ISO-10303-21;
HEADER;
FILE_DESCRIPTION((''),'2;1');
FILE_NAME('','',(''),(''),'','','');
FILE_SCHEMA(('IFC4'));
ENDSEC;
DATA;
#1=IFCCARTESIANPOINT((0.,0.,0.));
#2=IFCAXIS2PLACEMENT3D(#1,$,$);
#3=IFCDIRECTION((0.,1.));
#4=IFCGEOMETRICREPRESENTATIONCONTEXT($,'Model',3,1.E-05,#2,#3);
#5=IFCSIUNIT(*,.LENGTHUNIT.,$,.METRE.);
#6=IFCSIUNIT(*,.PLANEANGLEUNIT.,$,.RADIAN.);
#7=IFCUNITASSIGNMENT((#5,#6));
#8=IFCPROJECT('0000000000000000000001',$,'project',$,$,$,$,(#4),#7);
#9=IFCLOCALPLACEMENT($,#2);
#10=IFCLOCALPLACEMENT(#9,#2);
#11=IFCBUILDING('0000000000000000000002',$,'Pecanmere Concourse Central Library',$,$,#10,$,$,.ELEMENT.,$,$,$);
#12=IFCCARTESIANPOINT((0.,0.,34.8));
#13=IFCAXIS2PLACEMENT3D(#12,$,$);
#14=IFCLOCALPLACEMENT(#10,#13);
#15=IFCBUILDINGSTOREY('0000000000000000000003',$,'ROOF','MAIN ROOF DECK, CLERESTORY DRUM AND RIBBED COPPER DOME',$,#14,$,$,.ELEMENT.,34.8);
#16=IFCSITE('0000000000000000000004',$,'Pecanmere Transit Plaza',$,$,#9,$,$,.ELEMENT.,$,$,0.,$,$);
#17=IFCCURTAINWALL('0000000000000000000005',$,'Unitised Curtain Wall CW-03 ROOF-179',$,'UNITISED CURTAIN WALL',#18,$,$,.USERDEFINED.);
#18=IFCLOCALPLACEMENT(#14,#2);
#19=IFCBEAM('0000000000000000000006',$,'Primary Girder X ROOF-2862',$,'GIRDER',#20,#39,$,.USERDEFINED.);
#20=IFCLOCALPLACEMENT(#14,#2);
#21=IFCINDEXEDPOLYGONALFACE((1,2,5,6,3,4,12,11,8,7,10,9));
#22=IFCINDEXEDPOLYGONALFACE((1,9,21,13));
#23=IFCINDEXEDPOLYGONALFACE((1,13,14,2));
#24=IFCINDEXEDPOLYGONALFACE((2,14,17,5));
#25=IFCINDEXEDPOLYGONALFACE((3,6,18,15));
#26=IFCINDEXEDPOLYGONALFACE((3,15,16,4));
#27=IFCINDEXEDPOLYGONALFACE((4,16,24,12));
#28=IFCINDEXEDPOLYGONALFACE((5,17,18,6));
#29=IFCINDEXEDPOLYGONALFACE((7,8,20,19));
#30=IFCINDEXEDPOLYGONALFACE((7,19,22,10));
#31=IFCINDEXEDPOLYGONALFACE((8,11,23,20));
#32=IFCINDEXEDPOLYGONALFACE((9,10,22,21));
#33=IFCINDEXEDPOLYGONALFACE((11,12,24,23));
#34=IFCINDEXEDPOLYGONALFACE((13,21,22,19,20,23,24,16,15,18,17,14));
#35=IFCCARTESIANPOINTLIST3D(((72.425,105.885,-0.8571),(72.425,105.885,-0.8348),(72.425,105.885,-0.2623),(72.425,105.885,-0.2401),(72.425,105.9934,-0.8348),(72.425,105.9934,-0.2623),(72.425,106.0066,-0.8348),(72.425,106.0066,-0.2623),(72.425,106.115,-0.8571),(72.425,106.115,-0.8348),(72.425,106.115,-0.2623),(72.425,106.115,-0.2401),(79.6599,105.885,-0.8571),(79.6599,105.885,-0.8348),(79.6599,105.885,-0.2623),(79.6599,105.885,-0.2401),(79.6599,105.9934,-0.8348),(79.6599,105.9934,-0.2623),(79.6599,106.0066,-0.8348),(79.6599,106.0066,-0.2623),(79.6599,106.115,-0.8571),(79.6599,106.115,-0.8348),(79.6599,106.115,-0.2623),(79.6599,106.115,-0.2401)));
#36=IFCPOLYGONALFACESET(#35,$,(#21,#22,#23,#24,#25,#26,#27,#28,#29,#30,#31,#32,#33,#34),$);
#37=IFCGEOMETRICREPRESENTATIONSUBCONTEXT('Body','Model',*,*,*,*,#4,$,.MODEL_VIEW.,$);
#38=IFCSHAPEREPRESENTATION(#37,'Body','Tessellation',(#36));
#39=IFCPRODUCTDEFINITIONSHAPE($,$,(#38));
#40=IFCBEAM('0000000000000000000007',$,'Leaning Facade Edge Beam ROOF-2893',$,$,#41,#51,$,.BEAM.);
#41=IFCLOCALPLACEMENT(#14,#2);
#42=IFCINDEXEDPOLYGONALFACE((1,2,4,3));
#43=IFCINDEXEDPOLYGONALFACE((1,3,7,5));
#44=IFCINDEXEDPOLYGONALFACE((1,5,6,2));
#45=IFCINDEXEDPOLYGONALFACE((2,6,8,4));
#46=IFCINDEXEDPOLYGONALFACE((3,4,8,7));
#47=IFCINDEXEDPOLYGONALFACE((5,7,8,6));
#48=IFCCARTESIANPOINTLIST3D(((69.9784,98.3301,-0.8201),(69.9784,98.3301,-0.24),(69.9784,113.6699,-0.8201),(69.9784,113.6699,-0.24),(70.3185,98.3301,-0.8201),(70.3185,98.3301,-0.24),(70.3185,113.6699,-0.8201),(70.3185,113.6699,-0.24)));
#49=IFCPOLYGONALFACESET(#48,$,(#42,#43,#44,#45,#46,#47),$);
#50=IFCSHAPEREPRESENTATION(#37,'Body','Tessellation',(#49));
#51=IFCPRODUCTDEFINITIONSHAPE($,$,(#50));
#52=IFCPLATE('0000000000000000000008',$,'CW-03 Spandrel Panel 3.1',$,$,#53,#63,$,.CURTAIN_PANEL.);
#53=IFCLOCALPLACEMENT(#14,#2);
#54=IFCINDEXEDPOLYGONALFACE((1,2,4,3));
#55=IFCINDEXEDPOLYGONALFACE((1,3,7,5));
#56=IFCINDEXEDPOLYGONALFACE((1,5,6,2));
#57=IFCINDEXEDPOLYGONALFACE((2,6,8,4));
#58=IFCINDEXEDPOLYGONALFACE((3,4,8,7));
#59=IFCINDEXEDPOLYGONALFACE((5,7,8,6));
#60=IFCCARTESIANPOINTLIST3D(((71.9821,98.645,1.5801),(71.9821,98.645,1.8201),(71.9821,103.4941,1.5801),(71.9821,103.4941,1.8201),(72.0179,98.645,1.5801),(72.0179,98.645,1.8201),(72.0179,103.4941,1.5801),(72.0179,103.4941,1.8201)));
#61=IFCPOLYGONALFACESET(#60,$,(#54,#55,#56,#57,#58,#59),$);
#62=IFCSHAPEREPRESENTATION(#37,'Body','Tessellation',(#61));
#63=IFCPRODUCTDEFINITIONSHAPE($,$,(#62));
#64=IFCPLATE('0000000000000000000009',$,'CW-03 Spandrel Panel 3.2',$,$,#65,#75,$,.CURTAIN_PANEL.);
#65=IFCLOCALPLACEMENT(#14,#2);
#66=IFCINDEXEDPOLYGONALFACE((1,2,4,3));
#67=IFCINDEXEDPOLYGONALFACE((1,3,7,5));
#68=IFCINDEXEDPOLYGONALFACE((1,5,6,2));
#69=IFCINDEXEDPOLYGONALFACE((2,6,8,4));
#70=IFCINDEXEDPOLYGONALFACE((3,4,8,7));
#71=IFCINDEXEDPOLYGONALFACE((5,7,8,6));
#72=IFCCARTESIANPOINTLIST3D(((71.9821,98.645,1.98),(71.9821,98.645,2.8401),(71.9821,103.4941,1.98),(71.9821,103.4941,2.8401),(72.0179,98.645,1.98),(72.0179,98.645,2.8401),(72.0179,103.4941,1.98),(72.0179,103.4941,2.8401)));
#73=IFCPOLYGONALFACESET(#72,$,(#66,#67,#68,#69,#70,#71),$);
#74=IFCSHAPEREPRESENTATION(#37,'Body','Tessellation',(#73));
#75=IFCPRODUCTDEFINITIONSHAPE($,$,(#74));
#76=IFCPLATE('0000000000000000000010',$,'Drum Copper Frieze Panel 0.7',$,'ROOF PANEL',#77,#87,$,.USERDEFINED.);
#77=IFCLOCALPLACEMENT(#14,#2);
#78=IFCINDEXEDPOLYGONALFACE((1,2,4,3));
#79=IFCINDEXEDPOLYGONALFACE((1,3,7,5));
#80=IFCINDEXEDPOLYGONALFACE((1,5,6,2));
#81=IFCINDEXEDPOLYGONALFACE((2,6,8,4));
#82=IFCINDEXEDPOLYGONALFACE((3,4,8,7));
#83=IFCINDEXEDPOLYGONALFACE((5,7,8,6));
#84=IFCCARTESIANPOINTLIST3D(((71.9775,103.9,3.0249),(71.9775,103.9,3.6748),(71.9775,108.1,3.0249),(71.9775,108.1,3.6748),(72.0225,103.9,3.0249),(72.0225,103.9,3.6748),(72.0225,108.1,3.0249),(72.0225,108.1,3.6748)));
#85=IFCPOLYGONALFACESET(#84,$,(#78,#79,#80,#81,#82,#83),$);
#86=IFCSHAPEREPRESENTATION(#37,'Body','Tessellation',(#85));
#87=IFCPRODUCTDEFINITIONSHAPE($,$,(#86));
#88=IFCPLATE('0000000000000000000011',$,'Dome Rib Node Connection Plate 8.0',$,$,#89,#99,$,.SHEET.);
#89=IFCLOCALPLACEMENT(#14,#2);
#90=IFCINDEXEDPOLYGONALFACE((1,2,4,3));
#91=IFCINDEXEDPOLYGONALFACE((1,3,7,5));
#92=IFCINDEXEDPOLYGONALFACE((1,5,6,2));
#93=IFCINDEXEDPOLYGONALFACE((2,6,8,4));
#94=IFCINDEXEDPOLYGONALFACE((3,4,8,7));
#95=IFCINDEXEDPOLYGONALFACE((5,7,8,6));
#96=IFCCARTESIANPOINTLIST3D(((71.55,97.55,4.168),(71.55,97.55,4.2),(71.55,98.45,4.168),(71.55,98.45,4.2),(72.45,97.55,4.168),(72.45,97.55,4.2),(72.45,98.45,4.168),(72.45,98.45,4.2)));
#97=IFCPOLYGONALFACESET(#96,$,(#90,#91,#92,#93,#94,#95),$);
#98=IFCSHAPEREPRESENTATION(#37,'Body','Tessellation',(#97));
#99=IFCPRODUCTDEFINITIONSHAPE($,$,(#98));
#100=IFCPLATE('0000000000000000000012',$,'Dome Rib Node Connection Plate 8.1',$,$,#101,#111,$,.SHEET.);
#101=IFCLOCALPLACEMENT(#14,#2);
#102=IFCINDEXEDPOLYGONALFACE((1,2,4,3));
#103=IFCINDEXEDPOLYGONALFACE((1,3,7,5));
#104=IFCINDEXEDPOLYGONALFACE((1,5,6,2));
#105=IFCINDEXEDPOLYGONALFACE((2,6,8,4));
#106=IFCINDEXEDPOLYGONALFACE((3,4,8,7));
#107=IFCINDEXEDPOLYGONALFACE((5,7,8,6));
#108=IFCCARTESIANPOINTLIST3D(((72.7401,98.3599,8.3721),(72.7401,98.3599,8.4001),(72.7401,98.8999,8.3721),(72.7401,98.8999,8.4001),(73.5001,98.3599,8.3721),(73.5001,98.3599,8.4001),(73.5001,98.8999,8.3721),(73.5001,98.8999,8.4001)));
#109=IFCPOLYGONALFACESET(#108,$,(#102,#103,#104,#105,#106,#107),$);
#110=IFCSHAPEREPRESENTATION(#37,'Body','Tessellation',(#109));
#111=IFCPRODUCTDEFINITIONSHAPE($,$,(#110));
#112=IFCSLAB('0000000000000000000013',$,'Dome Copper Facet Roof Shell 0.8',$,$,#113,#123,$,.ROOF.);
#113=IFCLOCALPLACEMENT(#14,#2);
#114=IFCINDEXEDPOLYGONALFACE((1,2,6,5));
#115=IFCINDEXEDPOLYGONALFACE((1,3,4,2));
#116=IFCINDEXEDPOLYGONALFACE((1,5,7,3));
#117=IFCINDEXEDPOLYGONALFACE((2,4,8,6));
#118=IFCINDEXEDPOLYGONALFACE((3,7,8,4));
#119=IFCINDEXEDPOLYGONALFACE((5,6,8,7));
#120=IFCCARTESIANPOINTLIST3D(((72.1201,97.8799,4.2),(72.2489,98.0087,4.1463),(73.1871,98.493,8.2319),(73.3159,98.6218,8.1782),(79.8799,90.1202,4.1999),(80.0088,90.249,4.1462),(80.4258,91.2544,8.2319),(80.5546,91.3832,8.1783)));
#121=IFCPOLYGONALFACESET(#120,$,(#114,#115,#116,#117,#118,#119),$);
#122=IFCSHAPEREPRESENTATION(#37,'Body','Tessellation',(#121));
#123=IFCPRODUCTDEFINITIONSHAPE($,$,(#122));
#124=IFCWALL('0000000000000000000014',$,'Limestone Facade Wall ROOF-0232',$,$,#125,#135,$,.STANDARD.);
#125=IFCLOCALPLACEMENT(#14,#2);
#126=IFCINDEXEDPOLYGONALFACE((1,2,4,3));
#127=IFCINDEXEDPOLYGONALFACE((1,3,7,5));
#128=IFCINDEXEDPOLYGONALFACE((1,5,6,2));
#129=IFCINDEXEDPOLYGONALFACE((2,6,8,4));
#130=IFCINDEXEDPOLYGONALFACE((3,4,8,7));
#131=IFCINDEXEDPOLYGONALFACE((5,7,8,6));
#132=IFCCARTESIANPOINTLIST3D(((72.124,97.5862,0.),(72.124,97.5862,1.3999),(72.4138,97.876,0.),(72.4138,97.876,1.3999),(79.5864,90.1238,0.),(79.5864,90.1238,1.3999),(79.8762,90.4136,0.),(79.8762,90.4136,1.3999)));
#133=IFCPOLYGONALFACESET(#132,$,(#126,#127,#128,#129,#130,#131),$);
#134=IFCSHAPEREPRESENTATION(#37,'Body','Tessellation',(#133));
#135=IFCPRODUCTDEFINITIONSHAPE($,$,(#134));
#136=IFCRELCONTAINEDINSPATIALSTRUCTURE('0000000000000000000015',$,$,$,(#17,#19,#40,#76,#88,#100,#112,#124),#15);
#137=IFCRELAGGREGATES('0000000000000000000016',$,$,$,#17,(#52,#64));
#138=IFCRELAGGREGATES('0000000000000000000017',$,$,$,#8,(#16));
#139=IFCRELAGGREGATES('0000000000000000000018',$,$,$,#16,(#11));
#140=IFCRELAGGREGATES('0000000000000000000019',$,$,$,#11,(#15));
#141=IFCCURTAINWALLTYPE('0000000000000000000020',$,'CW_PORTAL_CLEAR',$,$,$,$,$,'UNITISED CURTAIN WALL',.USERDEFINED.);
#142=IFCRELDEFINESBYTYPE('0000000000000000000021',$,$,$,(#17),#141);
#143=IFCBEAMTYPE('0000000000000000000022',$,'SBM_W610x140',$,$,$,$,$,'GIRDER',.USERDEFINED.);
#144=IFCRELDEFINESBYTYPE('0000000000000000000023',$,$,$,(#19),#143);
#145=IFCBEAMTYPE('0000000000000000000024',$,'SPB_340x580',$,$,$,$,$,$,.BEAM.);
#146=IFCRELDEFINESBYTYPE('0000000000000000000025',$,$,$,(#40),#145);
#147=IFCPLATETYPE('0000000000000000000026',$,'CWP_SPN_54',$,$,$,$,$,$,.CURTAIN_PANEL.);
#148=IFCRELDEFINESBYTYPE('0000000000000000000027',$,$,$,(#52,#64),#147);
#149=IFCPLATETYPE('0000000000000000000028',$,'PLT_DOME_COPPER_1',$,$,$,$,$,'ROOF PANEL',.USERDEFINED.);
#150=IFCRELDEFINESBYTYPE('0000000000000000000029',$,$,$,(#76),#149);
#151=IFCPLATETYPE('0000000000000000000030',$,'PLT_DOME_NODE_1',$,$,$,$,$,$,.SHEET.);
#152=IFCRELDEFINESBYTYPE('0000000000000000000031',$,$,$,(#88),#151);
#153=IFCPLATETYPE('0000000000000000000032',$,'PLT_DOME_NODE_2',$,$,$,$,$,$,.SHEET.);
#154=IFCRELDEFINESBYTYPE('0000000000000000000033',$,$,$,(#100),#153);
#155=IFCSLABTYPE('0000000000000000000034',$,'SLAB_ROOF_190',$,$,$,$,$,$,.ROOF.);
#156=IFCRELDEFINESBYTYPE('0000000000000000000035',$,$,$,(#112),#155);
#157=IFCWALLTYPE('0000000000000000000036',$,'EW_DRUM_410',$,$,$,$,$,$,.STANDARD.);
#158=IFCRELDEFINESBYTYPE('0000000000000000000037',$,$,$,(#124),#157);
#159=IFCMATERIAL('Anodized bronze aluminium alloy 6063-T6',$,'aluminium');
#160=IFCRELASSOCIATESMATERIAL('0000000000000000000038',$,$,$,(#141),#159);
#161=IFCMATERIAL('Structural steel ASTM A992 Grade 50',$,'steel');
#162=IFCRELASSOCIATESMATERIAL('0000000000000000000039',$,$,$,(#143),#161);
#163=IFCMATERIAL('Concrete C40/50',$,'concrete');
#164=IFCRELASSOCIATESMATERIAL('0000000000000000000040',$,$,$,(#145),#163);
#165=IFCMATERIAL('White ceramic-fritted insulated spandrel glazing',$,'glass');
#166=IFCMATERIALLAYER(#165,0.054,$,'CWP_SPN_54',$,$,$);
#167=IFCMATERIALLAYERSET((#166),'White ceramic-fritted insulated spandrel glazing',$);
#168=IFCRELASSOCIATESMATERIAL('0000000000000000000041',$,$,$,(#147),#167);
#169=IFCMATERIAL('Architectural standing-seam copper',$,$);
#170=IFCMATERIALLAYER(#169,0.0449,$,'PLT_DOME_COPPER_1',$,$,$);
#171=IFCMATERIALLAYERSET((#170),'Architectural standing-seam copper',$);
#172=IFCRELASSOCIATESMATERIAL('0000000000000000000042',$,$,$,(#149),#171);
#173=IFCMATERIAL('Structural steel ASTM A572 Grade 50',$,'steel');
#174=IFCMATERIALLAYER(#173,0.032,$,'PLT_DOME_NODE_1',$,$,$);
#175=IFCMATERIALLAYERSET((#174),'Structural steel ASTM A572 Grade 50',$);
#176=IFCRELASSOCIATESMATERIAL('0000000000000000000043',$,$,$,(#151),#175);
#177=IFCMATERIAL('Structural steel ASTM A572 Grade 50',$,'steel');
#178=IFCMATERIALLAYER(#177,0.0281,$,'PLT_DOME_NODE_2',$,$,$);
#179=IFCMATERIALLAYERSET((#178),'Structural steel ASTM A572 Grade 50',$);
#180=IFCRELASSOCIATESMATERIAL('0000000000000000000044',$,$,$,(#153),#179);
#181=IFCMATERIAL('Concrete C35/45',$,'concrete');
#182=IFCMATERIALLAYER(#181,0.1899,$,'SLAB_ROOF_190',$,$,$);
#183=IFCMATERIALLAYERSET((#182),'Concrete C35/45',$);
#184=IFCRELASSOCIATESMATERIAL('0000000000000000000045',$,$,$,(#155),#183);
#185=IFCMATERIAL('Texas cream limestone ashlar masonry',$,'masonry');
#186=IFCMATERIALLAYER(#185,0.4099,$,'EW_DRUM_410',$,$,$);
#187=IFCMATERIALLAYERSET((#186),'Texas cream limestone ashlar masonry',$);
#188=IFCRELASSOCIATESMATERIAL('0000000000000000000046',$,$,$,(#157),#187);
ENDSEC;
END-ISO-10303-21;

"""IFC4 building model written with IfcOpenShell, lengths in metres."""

from ifc_helpers import new_model, si_unit, direction, frame, frame_2d, origin, origin_2d, place, context, subcontext, project, spatial, polyline, rectangle, i_section, outline, extrude, material, layer, layer_set, material_profile, profile_set, type_object, element, aggregate, save


model = new_model("IFC4")

# Units and contexts
model_context = context("Model", 3, precision=1e-05, world=origin(), true_north=direction((0.0, 1.0)))
body_context = subcontext(model_context, "Body", "Model", "MODEL_VIEW")
ifc_project = project(units=[si_unit("LENGTHUNIT", "METRE"), si_unit("PLANEANGLEUNIT", "RADIAN")], contexts=[model_context])

# Site, building, storey
site_placement = place(None, origin())
site = spatial("IfcSite", under=ifc_project, at=site_placement, Name="Pecanmere Transit Plaza", CompositionType="ELEMENT", RefElevation=0.0)
building_placement = place(site_placement, origin())
building = spatial("IfcBuilding", under=site, at=building_placement, Name="Pecanmere Concourse Central Library", CompositionType="ELEMENT")
storey_placement = place(building_placement, frame((0.0, 0.0, 34.8)))
storey = spatial("IfcBuildingStorey", under=building, at=storey_placement, Name="ROOF", Description="MAIN ROOF DECK, CLERESTORY DRUM AND RIBBED COPPER DOME", CompositionType="ELEMENT", Elevation=34.8)

# Curtain wall
ifc_material_1 = material(Name="Anodized bronze aluminium alloy 6063-T6", Category="aluminium")
curtain_wall_type = type_object("IfcCurtainWallType", Name="CW_PORTAL_CLEAR", ElementType="UNITISED CURTAIN WALL", PredefinedType="USERDEFINED", material=ifc_material_1)
curtain_wall_1_placement = place(storey_placement, origin())
curtain_wall_1 = element("IfcCurtainWall", 1, at=curtain_wall_1_placement, inside=storey, type_object=curtain_wall_type, Name="Unitised Curtain Wall CW-03 ROOF-179", ObjectType="UNITISED CURTAIN WALL", PredefinedType="USERDEFINED")

# Beams
ifc_material_2 = material(Name="Structural steel ASTM A992 Grade 50", Category="steel")
ifc_material_profile_1 = material_profile(ifc_material_2, i_section(OverallWidth=0.23, OverallDepth=0.6169, WebThickness=0.0132, FlangeThickness=0.0222, at=origin_2d()), Name="W610x140")
ifc_profile_set_1 = profile_set([ifc_material_profile_1], Name="Structural steel ASTM A992 Grade 50")
beam_type_1 = type_object("IfcBeamType", Name="SBM_W610x140", ElementType="GIRDER", PredefinedType="USERDEFINED", material=ifc_profile_set_1)
beam_1_placement = place(storey_placement, frame((72.425, 106.0, -0.5486), z_axis=(1.0, 0.0, 0.0), x_axis=(0.0, 1.0, 0.0)))
element("IfcBeam", 2, at=beam_1_placement, inside=storey, type_object=beam_type_1, Name="Primary Girder X ROOF-2862", ObjectType="GIRDER", PredefinedType="USERDEFINED", context=body_context, shape_type="SweptSolid", body=[
    extrude(i_section(OverallWidth=0.23, OverallDepth=0.6169, WebThickness=0.0132, FlangeThickness=0.0222, at=origin_2d()), origin(), (0.0, 0.0, 1.0), 7.2349),
])
ifc_material_3 = material(Name="Concrete C40/50", Category="concrete")
ifc_material_profile_2 = material_profile(ifc_material_3, rectangle(XDim=0.3401, YDim=0.5801, at=origin_2d()), Name="RC 340x580")
ifc_profile_set_2 = profile_set([ifc_material_profile_2], Name="Concrete C40/50")
beam_type_2 = type_object("IfcBeamType", Name="SPB_340x580", PredefinedType="BEAM", material=ifc_profile_set_2)
beam_2_placement = place(storey_placement, frame((70.1484, 98.3301, -0.53), z_axis=(0.0, 1.0, 0.0), x_axis=(-1.0, 0.0, 0.0)))
element("IfcBeam", 3, at=beam_2_placement, inside=storey, type_object=beam_type_2, Name="Leaning Facade Edge Beam ROOF-2893", PredefinedType="BEAM", context=body_context, shape_type="SweptSolid", body=[
    extrude(rectangle(XDim=0.3401, YDim=0.5801, at=origin_2d()), origin(), (0.0, 0.0, 1.0), 15.3398),
])

# Plates
ifc_material_4 = material(Name="White ceramic-fritted insulated spandrel glazing", Category="glass")
ifc_layer_1 = layer(ifc_material_4, 0.054, Name="CWP_SPN_54")
ifc_layer_set_1 = layer_set([ifc_layer_1], Name="White ceramic-fritted insulated spandrel glazing")
plate_type_1 = type_object("IfcPlateType", Name="CWP_SPN_54", PredefinedType="CURTAIN_PANEL", material=ifc_layer_set_1)
plate_1_placement = place(storey_placement, frame((72.0, 101.0696, 1.5801), z_axis=(0.0, 0.0, 1.0), x_axis=(0.0, -1.0, 0.0)))
plate_1 = element("IfcPlate", 4, at=plate_1_placement, type_object=plate_type_1, Name="CW-03 Spandrel Panel 3.1", PredefinedType="CURTAIN_PANEL", context=body_context, shape_type="SweptSolid", body=[
    extrude(rectangle(XDim=4.8491, YDim=0.0359, at=origin_2d()), origin(), (0.0, 0.0, 1.0), 0.24),
])
plate_2_placement = place(storey_placement, frame((72.0, 101.0696, 1.98), z_axis=(0.0, 0.0, 1.0), x_axis=(0.0, -1.0, 0.0)))
plate_2 = element("IfcPlate", 5, at=plate_2_placement, type_object=plate_type_1, Name="CW-03 Spandrel Panel 3.2", PredefinedType="CURTAIN_PANEL", context=body_context, shape_type="SweptSolid", body=[
    extrude(rectangle(XDim=4.8491, YDim=0.0359, at=origin_2d()), origin(), (0.0, 0.0, 1.0), 0.8601),
])
aggregate(curtain_wall_1, [plate_1, plate_2])

# Plates
ifc_material_5 = material(Name="Architectural standing-seam copper")
ifc_layer_2 = layer(ifc_material_5, 0.0449, Name="PLT_DOME_COPPER_1")
ifc_layer_set_2 = layer_set([ifc_layer_2], Name="Architectural standing-seam copper")
plate_type_2 = type_object("IfcPlateType", Name="PLT_DOME_COPPER_1", ElementType="ROOF PANEL", PredefinedType="USERDEFINED", material=ifc_layer_set_2)
plate_3_placement = place(storey_placement, frame((72.0, 106.0, 3.0249), z_axis=(0.0, 0.0, 1.0), x_axis=(0.0, -1.0, 0.0)))
element("IfcPlate", 6, at=plate_3_placement, inside=storey, type_object=plate_type_2, Name="Drum Copper Frieze Panel 0.7", ObjectType="ROOF PANEL", PredefinedType="USERDEFINED", context=body_context, shape_type="SweptSolid", body=[
    extrude(rectangle(XDim=4.2, YDim=0.0449, at=origin_2d()), origin(), (0.0, 0.0, 1.0), 0.6499),
])
ifc_material_6 = material(Name="Structural steel ASTM A572 Grade 50", Category="steel")
ifc_layer_3 = layer(ifc_material_6, 0.032, Name="PLT_DOME_NODE_1")
ifc_layer_set_3 = layer_set([ifc_layer_3], Name="Structural steel ASTM A572 Grade 50")
plate_type_3 = type_object("IfcPlateType", Name="PLT_DOME_NODE_1", PredefinedType="SHEET", material=ifc_layer_set_3)
plate_4_placement = place(storey_placement, frame((72.0, 98.0, 4.168), z_axis=(0.0, 0.0, 1.0), x_axis=(1.0, 0.0, 0.0)))
element("IfcPlate", 7, at=plate_4_placement, inside=storey, type_object=plate_type_3, Name="Dome Rib Node Connection Plate 8.0", PredefinedType="SHEET", context=body_context, shape_type="SweptSolid", body=[
    extrude(rectangle(XDim=0.8999, YDim=0.8999, at=origin_2d()), origin(), (0.0, 0.0, 1.0), 0.032),
])
ifc_material_7 = material(Name="Structural steel ASTM A572 Grade 50", Category="steel")
ifc_layer_4 = layer(ifc_material_7, 0.0281, Name="PLT_DOME_NODE_2")
ifc_layer_set_4 = layer_set([ifc_layer_4], Name="Structural steel ASTM A572 Grade 50")
plate_type_4 = type_object("IfcPlateType", Name="PLT_DOME_NODE_2", PredefinedType="SHEET", material=ifc_layer_set_4)
plate_5_placement = place(storey_placement, frame((73.1201, 98.6299, 8.3721), z_axis=(0.0, 0.0, 1.0), x_axis=(1.0, 0.0, 0.0)))
element("IfcPlate", 8, at=plate_5_placement, inside=storey, type_object=plate_type_4, Name="Dome Rib Node Connection Plate 8.1", PredefinedType="SHEET", context=body_context, shape_type="SweptSolid", body=[
    extrude(rectangle(XDim=0.76, YDim=0.54, at=origin_2d()), origin(), (0.0, 0.0, 1.0), 0.0281),
])

# Slab
ifc_material_8 = material(Name="Concrete C35/45", Category="concrete")
ifc_layer_5 = layer(ifc_material_8, 0.1899, Name="SLAB_ROOF_190")
ifc_layer_set_5 = layer_set([ifc_layer_5], Name="Concrete C35/45")
slab_type = type_object("IfcSlabType", Name="SLAB_ROOF_190", PredefinedType="ROOF", material=ifc_layer_set_5)
slab_placement = place(storey_placement, frame((72.1201, 97.8799, 4.2), z_axis=(-0.678273, -0.678284, 0.282626), x_axis=(0.707112, -0.707101, -0.000002)))
element("IfcSlab", 9, at=slab_placement, inside=storey, type_object=slab_type, Name="Dome Copper Facet Roof Shell 0.8", PredefinedType="ROOF", context=body_context, shape_type="SweptSolid", body=[
    extrude(outline(polyline([(0.0, 0.0), (10.974, 0.0), (10.5579, 4.2034), (0.3209, 4.2033), (0.0, 0.0)])), origin(), (0.0, 0.0, -1.0), 0.1899),
])

# Wall
ifc_material_9 = material(Name="Texas cream limestone ashlar masonry", Category="masonry")
ifc_layer_6 = layer(ifc_material_9, 0.4099, Name="EW_DRUM_410")
ifc_layer_set_6 = layer_set([ifc_layer_6], Name="Texas cream limestone ashlar masonry")
wall_type = type_object("IfcWallType", Name="EW_DRUM_410", PredefinedType="STANDARD", material=ifc_layer_set_6)
wall_placement = place(storey_placement, frame((72.2688, 97.7312, 0.0), z_axis=(0.0, 0.0, 1.0), x_axis=(0.707107, -0.707107, 0.0)))
element("IfcWall", 10, at=wall_placement, inside=storey, type_object=wall_type, Name="Limestone Facade Wall ROOF-0232", PredefinedType="STANDARD", context=body_context, shape_type="SweptSolid", body=[
    extrude(rectangle(XDim=10.5535, YDim=0.4099, at=frame_2d((5.2769, 0.0))), origin(), (0.0, 0.0, 1.0), 1.3999),
])

save(model, "model.ifc")
